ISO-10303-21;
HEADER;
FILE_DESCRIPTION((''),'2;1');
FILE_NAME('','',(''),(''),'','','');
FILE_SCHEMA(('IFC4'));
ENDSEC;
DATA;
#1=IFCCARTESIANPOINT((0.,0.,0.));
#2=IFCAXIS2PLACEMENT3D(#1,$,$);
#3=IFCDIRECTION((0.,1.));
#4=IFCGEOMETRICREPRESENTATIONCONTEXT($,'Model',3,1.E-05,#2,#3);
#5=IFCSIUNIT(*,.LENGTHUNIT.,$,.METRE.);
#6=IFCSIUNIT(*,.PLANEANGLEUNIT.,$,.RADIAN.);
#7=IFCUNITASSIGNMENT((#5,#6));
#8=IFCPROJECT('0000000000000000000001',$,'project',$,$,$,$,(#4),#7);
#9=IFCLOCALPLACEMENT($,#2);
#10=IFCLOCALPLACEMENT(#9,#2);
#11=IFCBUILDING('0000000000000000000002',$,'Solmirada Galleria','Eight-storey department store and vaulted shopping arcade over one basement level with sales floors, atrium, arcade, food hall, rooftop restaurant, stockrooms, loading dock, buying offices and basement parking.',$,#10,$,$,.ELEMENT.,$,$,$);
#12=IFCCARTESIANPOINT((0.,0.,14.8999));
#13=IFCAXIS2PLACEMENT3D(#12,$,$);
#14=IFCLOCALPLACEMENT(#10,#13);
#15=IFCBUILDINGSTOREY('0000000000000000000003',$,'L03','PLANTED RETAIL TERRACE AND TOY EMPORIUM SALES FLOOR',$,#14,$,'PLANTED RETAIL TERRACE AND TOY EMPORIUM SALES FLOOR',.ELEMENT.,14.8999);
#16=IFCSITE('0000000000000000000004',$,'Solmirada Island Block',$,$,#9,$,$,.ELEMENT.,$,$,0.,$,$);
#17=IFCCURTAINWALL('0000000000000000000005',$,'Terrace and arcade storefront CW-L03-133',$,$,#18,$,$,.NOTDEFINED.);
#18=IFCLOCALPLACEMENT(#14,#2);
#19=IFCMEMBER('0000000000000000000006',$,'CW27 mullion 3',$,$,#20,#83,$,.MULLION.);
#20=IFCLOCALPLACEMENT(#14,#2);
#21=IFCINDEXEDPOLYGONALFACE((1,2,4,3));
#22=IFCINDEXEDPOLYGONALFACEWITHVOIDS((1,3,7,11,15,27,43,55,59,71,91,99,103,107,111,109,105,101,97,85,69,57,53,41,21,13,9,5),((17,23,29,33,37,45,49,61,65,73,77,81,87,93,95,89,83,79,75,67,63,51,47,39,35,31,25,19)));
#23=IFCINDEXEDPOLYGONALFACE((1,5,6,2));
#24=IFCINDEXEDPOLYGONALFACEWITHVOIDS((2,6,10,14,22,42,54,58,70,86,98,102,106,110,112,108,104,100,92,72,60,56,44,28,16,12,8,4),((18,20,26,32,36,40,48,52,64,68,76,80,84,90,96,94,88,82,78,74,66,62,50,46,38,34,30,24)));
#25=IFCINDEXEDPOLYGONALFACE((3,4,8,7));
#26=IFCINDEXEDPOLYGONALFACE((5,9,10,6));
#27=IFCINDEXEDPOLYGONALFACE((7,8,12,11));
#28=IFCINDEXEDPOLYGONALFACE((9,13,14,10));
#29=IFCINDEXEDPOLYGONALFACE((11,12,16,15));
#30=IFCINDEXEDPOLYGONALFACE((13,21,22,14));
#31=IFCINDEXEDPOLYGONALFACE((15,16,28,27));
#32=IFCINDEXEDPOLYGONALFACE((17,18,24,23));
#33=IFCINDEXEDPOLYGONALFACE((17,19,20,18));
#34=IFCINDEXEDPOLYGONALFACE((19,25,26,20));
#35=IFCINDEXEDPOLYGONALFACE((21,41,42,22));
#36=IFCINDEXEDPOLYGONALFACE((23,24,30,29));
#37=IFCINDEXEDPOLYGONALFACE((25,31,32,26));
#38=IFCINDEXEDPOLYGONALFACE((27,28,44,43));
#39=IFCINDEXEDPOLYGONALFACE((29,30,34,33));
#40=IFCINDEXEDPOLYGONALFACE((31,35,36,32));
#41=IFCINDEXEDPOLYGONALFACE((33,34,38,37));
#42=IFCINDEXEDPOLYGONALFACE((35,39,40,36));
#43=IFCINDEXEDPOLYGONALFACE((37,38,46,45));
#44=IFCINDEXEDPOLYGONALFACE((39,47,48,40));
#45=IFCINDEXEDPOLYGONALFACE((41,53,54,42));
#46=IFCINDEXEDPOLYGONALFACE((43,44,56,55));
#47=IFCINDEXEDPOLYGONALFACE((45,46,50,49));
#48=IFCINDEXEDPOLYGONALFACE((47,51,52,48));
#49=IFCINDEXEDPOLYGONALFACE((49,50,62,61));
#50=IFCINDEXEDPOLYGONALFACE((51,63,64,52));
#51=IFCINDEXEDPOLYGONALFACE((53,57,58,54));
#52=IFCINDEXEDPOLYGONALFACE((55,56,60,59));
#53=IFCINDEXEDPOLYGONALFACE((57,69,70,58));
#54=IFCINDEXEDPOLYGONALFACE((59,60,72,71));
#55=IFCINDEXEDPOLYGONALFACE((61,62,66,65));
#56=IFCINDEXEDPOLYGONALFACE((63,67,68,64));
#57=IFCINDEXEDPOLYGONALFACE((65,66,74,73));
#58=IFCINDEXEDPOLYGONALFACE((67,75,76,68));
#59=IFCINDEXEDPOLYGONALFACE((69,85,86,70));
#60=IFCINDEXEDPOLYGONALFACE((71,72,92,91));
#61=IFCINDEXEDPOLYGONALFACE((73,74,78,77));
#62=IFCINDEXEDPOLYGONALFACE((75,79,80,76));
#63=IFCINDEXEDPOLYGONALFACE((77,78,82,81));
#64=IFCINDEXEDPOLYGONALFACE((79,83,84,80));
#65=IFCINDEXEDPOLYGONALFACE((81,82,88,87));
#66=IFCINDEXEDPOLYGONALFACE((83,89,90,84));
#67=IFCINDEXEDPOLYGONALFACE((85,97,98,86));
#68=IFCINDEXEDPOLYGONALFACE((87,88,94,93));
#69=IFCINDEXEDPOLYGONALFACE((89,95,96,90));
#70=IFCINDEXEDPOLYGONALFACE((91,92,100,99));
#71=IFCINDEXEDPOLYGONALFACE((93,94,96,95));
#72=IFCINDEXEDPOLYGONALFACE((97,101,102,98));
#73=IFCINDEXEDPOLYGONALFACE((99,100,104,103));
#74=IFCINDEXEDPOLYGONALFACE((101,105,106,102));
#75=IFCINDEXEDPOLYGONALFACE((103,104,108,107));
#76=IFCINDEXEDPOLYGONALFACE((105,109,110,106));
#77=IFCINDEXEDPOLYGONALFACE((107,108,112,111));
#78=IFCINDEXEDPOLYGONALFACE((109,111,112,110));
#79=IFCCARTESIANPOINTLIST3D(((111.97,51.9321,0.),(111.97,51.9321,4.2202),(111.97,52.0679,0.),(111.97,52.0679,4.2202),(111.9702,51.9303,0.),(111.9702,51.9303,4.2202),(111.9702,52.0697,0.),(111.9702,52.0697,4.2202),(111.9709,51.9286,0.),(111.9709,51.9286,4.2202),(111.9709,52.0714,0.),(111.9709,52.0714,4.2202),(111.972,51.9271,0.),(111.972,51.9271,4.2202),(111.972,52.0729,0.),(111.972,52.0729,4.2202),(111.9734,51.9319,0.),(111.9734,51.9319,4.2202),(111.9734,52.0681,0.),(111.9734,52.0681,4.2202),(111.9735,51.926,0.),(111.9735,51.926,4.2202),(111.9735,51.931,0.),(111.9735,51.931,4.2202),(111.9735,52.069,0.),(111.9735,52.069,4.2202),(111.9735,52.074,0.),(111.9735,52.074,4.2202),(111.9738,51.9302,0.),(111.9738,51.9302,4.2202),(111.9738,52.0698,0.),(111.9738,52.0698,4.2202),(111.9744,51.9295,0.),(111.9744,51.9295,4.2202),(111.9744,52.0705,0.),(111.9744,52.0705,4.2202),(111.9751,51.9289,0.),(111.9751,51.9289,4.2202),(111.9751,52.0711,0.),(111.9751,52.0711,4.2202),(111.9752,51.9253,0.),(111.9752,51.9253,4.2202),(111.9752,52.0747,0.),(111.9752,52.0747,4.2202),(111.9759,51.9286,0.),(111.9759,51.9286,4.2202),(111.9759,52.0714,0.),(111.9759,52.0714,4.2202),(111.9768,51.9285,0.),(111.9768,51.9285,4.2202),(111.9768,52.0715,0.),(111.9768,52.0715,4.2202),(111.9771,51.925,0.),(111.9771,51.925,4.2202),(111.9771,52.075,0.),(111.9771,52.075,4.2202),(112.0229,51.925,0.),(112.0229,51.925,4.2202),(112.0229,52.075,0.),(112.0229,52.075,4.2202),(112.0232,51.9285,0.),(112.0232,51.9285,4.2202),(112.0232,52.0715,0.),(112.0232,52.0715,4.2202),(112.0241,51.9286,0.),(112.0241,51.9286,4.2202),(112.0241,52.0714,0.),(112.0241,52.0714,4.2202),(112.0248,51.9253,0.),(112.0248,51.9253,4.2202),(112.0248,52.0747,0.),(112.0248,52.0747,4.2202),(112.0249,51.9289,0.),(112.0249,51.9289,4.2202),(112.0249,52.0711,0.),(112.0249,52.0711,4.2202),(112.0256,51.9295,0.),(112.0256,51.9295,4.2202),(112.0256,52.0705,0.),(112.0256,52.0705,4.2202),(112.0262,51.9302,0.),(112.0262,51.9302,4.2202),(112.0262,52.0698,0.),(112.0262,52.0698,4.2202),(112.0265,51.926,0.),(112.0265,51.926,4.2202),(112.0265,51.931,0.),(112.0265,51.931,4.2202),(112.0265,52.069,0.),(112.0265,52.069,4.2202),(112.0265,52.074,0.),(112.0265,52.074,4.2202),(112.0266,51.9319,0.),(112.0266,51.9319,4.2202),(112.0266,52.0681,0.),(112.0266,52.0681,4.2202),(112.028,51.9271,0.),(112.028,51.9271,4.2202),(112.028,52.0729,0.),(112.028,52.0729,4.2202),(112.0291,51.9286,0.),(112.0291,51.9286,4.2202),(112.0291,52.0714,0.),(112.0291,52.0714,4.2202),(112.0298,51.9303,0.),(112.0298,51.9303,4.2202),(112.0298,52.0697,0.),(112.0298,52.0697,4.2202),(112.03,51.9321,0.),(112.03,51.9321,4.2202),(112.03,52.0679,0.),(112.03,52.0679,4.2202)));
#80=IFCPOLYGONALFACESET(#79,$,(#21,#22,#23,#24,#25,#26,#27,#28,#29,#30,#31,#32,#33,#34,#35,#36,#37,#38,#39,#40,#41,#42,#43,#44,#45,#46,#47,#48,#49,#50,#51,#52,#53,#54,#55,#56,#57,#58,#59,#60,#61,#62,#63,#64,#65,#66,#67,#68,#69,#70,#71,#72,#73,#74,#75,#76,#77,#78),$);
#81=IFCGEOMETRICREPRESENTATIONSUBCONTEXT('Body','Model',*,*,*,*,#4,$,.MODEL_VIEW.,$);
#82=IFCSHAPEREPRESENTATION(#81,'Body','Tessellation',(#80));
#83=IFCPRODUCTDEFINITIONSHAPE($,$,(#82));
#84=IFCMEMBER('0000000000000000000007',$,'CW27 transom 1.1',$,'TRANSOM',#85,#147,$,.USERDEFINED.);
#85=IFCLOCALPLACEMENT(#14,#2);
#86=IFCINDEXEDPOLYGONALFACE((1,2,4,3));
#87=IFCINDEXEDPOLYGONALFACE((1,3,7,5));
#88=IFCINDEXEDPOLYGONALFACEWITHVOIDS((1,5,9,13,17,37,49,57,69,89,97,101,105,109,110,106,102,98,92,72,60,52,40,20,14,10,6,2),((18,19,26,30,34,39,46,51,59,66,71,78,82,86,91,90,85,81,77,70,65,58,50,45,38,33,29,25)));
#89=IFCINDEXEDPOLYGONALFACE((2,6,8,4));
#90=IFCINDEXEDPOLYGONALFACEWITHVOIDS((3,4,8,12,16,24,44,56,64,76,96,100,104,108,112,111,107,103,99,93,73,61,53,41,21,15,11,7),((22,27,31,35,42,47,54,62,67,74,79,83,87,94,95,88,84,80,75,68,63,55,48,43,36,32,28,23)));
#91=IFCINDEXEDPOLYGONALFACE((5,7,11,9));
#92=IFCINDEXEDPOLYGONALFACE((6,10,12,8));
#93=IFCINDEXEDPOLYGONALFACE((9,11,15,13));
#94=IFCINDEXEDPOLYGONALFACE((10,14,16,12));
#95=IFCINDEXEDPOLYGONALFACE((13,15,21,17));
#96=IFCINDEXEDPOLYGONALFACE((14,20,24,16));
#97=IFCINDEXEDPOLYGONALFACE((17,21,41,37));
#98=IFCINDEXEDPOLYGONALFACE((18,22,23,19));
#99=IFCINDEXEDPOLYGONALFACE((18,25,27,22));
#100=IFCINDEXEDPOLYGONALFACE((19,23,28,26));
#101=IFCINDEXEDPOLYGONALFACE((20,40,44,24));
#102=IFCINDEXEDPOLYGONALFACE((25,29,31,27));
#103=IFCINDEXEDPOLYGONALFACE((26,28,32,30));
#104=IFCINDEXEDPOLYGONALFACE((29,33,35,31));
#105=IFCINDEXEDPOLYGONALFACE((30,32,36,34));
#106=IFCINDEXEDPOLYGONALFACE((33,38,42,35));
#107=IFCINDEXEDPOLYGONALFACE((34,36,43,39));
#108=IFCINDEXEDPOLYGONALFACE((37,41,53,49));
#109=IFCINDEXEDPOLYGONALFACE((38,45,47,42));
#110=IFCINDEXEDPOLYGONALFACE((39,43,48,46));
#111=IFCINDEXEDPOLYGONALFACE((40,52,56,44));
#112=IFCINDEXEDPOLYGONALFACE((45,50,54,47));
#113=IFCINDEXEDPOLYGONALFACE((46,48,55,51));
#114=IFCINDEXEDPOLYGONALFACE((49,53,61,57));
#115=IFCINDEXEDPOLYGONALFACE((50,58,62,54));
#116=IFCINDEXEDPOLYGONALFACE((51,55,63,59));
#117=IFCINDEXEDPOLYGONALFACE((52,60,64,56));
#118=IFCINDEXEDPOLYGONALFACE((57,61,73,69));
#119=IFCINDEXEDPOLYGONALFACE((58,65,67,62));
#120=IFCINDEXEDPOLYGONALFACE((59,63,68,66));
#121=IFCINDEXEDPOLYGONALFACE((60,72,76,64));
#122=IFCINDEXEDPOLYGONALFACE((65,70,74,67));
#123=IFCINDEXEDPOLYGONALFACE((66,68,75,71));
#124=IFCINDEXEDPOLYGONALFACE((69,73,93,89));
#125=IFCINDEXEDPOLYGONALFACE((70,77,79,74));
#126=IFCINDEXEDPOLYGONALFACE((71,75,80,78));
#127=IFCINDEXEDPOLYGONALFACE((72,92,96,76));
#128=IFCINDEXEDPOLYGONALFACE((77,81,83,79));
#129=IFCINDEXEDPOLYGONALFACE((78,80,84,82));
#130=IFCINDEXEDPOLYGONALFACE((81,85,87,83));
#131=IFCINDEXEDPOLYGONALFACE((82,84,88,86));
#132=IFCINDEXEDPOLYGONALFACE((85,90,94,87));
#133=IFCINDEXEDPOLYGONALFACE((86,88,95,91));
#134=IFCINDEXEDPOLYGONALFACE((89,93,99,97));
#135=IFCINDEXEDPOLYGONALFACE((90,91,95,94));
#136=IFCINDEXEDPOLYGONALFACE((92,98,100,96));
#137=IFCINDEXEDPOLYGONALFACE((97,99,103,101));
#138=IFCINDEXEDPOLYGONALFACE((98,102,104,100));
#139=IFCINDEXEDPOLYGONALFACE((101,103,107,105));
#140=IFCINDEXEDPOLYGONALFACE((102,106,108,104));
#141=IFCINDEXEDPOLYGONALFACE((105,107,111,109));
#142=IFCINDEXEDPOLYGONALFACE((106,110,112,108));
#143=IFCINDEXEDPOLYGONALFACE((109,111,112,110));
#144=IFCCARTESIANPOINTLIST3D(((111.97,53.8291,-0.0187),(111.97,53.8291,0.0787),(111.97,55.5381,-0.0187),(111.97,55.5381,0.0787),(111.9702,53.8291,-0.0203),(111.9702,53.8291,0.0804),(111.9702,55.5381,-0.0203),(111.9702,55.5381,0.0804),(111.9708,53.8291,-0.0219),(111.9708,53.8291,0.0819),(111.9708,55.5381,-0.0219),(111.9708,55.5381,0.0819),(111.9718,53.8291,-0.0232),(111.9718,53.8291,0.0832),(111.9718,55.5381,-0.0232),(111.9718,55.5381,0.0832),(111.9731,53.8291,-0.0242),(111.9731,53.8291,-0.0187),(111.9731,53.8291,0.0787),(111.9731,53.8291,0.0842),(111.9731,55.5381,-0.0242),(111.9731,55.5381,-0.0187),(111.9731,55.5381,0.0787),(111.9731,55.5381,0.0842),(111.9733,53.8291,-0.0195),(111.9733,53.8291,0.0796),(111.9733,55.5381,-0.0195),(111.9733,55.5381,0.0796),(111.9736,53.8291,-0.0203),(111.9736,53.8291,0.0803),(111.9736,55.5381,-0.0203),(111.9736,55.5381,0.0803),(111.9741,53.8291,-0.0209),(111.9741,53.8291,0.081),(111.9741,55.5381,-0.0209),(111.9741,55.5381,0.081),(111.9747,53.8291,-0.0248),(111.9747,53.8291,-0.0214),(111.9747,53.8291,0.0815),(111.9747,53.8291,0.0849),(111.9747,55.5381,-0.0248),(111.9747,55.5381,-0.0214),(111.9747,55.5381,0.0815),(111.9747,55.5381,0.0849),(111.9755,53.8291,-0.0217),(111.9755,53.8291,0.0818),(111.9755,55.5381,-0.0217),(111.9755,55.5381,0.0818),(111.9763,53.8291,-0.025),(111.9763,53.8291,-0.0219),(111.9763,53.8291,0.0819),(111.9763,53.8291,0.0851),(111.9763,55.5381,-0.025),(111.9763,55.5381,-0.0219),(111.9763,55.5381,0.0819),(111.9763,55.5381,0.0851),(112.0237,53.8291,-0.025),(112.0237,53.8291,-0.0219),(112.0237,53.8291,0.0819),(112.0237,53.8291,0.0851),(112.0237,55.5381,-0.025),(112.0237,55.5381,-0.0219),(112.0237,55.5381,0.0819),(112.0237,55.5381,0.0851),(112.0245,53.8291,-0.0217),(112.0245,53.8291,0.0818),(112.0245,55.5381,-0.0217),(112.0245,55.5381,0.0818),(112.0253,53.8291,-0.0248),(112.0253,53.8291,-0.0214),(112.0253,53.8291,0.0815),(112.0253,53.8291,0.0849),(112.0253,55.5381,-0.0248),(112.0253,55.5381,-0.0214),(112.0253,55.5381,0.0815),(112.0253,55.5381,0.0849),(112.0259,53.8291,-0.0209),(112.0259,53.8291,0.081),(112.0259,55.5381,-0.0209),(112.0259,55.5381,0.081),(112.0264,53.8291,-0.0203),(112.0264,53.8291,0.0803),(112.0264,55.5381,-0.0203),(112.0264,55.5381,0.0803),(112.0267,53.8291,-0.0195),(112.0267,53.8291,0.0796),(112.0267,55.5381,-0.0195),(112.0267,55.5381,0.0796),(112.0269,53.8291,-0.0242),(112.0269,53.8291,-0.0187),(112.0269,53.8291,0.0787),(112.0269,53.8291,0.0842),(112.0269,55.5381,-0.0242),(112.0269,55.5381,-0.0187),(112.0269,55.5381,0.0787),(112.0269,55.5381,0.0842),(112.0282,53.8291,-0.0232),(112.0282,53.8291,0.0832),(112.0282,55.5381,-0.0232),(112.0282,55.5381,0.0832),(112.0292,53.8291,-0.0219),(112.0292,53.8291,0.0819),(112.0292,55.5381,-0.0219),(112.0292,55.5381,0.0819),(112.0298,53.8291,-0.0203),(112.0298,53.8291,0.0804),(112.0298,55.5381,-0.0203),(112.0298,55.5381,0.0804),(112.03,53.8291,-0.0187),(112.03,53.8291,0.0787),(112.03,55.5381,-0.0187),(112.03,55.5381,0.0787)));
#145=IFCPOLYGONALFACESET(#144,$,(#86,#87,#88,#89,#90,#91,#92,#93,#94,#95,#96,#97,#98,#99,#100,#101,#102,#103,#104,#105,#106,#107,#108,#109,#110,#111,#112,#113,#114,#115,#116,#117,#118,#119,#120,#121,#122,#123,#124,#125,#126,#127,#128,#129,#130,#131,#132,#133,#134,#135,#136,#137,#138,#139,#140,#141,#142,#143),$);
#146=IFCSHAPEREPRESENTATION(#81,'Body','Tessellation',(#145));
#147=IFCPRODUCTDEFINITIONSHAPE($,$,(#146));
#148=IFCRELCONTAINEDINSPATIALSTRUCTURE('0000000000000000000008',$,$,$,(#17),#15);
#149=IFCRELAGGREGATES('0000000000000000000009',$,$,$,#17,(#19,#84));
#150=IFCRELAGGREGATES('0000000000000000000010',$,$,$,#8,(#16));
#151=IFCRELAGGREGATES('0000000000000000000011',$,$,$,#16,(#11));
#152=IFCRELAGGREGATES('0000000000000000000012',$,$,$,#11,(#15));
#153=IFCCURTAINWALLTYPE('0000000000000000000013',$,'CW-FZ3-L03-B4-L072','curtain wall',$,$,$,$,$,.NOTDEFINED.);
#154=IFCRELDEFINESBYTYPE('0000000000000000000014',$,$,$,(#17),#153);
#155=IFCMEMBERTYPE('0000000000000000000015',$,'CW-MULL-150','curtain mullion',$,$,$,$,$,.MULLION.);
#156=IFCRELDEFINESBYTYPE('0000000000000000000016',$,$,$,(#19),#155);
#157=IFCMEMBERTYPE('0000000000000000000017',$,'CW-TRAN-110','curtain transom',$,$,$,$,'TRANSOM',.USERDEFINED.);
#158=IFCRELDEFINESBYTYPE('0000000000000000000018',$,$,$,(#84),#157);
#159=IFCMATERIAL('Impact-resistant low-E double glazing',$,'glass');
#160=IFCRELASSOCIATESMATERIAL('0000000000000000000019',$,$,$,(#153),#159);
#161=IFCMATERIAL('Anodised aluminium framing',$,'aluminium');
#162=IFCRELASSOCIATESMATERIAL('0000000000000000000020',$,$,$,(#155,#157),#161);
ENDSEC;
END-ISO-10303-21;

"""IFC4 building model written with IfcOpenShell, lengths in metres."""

from ifc_helpers import new_model, si_unit, direction, frame, origin, origin_2d, place, context, subcontext, project, spatial, hollow_rectangle, extrude, material, material_profile, profile_set, type_object, element, aggregate, save


model = new_model("IFC4")

# Units and contexts
model_context = context("Model", 3, precision=1e-05, world=origin(), true_north=direction((0.0, 1.0)))
body_context = subcontext(model_context, "Body", "Model", "MODEL_VIEW")
ifc_project = project(units=[si_unit("LENGTHUNIT", "METRE"), si_unit("PLANEANGLEUNIT", "RADIAN")], contexts=[model_context])

# Site, building, storey
site_placement = place(None, origin())
site = spatial("IfcSite", under=ifc_project, at=site_placement, Name="Solmirada Island Block", CompositionType="ELEMENT", RefElevation=0.0)
building_placement = place(site_placement, origin())
building = spatial("IfcBuilding", under=site, at=building_placement, Name="Solmirada Galleria", Description="Eight-storey department store and vaulted shopping arcade over one basement level with sales floors, atrium, arcade, food hall, rooftop restaurant, stockrooms, loading dock, buying offices and basement parking.", CompositionType="ELEMENT")
storey_placement = place(building_placement, frame((0.0, 0.0, 14.8999)))
storey = spatial("IfcBuildingStorey", under=building, at=storey_placement, Name="L03", Description="PLANTED RETAIL TERRACE AND TOY EMPORIUM SALES FLOOR", LongName="PLANTED RETAIL TERRACE AND TOY EMPORIUM SALES FLOOR", CompositionType="ELEMENT", Elevation=14.8999)

# Shared definitions
ifc_material_1 = material(Name="Impact-resistant low-E double glazing", Category="glass")
curtain_wall_type = type_object("IfcCurtainWallType", Name="CW-FZ3-L03-B4-L072", Description="curtain wall", PredefinedType="NOTDEFINED", material=ifc_material_1)
ifc_material_2 = material(Name="Anodised aluminium framing", Category="aluminium")
ifc_material_profile_1 = material_profile(ifc_material_2, hollow_rectangle(XDim=0.0601, YDim=0.1499, WallThickness=0.0034, InnerFilletRadius=0.0034, OuterFilletRadius=0.0071, at=origin_2d()), Name="ALU-MULL-150X60")
ifc_profile_set_1 = profile_set([ifc_material_profile_1], Name="Anodised aluminium framing")
member_type_1 = type_object("IfcMemberType", Name="CW-MULL-150", Description="curtain mullion", PredefinedType="MULLION", material=ifc_profile_set_1)

# Curtain wall, members
curtain_wall_1_placement = place(storey_placement, origin())
curtain_wall_1 = element("IfcCurtainWall", 1, at=curtain_wall_1_placement, inside=storey, type_object=curtain_wall_type, Name="Terrace and arcade storefront CW-L03-133", PredefinedType="NOTDEFINED")
member_1_placement = place(storey_placement, frame((112.0, 52.0, 0.0), z_axis=(0.0, 0.0, 1.0), x_axis=(1.0, 0.0, 0.0)))
member_1 = element("IfcMember", 2, at=member_1_placement, type_object=member_type_1, Name="CW27 mullion 3", PredefinedType="MULLION", context=body_context, shape_type="SweptSolid", body=[
    extrude(hollow_rectangle(XDim=0.0601, YDim=0.1499, WallThickness=0.0034, InnerFilletRadius=0.0034, OuterFilletRadius=0.0071, at=origin_2d()), origin(), (0.0, 0.0, 1.0), 4.2202),
])
ifc_material_profile_2 = material_profile(ifc_material_2, hollow_rectangle(XDim=0.0601, YDim=0.1101, WallThickness=0.0032, InnerFilletRadius=0.0032, OuterFilletRadius=0.0063, at=origin_2d()), Name="ALU-TRAN-110X60")
ifc_profile_set_2 = profile_set([ifc_material_profile_2], Name="Anodised aluminium framing")
member_type_2 = type_object("IfcMemberType", Name="CW-TRAN-110", Description="curtain transom", ElementType="TRANSOM", PredefinedType="USERDEFINED", material=ifc_profile_set_2)
member_2_placement = place(storey_placement, frame((112.0, 55.5381, 0.03), z_axis=(0.0, -1.0, 0.0), x_axis=(1.0, 0.0, 0.0)))
member_2 = element("IfcMember", 3, at=member_2_placement, type_object=member_type_2, Name="CW27 transom 1.1", ObjectType="TRANSOM", PredefinedType="USERDEFINED", context=body_context, shape_type="SweptSolid", body=[
    extrude(hollow_rectangle(XDim=0.0601, YDim=0.1101, WallThickness=0.0032, InnerFilletRadius=0.0032, OuterFilletRadius=0.0063, at=origin_2d()), origin(), (0.0, 0.0, 1.0), 1.709),
])

aggregate(curtain_wall_1, [member_1, member_2])

save(model, "model.ifc")
